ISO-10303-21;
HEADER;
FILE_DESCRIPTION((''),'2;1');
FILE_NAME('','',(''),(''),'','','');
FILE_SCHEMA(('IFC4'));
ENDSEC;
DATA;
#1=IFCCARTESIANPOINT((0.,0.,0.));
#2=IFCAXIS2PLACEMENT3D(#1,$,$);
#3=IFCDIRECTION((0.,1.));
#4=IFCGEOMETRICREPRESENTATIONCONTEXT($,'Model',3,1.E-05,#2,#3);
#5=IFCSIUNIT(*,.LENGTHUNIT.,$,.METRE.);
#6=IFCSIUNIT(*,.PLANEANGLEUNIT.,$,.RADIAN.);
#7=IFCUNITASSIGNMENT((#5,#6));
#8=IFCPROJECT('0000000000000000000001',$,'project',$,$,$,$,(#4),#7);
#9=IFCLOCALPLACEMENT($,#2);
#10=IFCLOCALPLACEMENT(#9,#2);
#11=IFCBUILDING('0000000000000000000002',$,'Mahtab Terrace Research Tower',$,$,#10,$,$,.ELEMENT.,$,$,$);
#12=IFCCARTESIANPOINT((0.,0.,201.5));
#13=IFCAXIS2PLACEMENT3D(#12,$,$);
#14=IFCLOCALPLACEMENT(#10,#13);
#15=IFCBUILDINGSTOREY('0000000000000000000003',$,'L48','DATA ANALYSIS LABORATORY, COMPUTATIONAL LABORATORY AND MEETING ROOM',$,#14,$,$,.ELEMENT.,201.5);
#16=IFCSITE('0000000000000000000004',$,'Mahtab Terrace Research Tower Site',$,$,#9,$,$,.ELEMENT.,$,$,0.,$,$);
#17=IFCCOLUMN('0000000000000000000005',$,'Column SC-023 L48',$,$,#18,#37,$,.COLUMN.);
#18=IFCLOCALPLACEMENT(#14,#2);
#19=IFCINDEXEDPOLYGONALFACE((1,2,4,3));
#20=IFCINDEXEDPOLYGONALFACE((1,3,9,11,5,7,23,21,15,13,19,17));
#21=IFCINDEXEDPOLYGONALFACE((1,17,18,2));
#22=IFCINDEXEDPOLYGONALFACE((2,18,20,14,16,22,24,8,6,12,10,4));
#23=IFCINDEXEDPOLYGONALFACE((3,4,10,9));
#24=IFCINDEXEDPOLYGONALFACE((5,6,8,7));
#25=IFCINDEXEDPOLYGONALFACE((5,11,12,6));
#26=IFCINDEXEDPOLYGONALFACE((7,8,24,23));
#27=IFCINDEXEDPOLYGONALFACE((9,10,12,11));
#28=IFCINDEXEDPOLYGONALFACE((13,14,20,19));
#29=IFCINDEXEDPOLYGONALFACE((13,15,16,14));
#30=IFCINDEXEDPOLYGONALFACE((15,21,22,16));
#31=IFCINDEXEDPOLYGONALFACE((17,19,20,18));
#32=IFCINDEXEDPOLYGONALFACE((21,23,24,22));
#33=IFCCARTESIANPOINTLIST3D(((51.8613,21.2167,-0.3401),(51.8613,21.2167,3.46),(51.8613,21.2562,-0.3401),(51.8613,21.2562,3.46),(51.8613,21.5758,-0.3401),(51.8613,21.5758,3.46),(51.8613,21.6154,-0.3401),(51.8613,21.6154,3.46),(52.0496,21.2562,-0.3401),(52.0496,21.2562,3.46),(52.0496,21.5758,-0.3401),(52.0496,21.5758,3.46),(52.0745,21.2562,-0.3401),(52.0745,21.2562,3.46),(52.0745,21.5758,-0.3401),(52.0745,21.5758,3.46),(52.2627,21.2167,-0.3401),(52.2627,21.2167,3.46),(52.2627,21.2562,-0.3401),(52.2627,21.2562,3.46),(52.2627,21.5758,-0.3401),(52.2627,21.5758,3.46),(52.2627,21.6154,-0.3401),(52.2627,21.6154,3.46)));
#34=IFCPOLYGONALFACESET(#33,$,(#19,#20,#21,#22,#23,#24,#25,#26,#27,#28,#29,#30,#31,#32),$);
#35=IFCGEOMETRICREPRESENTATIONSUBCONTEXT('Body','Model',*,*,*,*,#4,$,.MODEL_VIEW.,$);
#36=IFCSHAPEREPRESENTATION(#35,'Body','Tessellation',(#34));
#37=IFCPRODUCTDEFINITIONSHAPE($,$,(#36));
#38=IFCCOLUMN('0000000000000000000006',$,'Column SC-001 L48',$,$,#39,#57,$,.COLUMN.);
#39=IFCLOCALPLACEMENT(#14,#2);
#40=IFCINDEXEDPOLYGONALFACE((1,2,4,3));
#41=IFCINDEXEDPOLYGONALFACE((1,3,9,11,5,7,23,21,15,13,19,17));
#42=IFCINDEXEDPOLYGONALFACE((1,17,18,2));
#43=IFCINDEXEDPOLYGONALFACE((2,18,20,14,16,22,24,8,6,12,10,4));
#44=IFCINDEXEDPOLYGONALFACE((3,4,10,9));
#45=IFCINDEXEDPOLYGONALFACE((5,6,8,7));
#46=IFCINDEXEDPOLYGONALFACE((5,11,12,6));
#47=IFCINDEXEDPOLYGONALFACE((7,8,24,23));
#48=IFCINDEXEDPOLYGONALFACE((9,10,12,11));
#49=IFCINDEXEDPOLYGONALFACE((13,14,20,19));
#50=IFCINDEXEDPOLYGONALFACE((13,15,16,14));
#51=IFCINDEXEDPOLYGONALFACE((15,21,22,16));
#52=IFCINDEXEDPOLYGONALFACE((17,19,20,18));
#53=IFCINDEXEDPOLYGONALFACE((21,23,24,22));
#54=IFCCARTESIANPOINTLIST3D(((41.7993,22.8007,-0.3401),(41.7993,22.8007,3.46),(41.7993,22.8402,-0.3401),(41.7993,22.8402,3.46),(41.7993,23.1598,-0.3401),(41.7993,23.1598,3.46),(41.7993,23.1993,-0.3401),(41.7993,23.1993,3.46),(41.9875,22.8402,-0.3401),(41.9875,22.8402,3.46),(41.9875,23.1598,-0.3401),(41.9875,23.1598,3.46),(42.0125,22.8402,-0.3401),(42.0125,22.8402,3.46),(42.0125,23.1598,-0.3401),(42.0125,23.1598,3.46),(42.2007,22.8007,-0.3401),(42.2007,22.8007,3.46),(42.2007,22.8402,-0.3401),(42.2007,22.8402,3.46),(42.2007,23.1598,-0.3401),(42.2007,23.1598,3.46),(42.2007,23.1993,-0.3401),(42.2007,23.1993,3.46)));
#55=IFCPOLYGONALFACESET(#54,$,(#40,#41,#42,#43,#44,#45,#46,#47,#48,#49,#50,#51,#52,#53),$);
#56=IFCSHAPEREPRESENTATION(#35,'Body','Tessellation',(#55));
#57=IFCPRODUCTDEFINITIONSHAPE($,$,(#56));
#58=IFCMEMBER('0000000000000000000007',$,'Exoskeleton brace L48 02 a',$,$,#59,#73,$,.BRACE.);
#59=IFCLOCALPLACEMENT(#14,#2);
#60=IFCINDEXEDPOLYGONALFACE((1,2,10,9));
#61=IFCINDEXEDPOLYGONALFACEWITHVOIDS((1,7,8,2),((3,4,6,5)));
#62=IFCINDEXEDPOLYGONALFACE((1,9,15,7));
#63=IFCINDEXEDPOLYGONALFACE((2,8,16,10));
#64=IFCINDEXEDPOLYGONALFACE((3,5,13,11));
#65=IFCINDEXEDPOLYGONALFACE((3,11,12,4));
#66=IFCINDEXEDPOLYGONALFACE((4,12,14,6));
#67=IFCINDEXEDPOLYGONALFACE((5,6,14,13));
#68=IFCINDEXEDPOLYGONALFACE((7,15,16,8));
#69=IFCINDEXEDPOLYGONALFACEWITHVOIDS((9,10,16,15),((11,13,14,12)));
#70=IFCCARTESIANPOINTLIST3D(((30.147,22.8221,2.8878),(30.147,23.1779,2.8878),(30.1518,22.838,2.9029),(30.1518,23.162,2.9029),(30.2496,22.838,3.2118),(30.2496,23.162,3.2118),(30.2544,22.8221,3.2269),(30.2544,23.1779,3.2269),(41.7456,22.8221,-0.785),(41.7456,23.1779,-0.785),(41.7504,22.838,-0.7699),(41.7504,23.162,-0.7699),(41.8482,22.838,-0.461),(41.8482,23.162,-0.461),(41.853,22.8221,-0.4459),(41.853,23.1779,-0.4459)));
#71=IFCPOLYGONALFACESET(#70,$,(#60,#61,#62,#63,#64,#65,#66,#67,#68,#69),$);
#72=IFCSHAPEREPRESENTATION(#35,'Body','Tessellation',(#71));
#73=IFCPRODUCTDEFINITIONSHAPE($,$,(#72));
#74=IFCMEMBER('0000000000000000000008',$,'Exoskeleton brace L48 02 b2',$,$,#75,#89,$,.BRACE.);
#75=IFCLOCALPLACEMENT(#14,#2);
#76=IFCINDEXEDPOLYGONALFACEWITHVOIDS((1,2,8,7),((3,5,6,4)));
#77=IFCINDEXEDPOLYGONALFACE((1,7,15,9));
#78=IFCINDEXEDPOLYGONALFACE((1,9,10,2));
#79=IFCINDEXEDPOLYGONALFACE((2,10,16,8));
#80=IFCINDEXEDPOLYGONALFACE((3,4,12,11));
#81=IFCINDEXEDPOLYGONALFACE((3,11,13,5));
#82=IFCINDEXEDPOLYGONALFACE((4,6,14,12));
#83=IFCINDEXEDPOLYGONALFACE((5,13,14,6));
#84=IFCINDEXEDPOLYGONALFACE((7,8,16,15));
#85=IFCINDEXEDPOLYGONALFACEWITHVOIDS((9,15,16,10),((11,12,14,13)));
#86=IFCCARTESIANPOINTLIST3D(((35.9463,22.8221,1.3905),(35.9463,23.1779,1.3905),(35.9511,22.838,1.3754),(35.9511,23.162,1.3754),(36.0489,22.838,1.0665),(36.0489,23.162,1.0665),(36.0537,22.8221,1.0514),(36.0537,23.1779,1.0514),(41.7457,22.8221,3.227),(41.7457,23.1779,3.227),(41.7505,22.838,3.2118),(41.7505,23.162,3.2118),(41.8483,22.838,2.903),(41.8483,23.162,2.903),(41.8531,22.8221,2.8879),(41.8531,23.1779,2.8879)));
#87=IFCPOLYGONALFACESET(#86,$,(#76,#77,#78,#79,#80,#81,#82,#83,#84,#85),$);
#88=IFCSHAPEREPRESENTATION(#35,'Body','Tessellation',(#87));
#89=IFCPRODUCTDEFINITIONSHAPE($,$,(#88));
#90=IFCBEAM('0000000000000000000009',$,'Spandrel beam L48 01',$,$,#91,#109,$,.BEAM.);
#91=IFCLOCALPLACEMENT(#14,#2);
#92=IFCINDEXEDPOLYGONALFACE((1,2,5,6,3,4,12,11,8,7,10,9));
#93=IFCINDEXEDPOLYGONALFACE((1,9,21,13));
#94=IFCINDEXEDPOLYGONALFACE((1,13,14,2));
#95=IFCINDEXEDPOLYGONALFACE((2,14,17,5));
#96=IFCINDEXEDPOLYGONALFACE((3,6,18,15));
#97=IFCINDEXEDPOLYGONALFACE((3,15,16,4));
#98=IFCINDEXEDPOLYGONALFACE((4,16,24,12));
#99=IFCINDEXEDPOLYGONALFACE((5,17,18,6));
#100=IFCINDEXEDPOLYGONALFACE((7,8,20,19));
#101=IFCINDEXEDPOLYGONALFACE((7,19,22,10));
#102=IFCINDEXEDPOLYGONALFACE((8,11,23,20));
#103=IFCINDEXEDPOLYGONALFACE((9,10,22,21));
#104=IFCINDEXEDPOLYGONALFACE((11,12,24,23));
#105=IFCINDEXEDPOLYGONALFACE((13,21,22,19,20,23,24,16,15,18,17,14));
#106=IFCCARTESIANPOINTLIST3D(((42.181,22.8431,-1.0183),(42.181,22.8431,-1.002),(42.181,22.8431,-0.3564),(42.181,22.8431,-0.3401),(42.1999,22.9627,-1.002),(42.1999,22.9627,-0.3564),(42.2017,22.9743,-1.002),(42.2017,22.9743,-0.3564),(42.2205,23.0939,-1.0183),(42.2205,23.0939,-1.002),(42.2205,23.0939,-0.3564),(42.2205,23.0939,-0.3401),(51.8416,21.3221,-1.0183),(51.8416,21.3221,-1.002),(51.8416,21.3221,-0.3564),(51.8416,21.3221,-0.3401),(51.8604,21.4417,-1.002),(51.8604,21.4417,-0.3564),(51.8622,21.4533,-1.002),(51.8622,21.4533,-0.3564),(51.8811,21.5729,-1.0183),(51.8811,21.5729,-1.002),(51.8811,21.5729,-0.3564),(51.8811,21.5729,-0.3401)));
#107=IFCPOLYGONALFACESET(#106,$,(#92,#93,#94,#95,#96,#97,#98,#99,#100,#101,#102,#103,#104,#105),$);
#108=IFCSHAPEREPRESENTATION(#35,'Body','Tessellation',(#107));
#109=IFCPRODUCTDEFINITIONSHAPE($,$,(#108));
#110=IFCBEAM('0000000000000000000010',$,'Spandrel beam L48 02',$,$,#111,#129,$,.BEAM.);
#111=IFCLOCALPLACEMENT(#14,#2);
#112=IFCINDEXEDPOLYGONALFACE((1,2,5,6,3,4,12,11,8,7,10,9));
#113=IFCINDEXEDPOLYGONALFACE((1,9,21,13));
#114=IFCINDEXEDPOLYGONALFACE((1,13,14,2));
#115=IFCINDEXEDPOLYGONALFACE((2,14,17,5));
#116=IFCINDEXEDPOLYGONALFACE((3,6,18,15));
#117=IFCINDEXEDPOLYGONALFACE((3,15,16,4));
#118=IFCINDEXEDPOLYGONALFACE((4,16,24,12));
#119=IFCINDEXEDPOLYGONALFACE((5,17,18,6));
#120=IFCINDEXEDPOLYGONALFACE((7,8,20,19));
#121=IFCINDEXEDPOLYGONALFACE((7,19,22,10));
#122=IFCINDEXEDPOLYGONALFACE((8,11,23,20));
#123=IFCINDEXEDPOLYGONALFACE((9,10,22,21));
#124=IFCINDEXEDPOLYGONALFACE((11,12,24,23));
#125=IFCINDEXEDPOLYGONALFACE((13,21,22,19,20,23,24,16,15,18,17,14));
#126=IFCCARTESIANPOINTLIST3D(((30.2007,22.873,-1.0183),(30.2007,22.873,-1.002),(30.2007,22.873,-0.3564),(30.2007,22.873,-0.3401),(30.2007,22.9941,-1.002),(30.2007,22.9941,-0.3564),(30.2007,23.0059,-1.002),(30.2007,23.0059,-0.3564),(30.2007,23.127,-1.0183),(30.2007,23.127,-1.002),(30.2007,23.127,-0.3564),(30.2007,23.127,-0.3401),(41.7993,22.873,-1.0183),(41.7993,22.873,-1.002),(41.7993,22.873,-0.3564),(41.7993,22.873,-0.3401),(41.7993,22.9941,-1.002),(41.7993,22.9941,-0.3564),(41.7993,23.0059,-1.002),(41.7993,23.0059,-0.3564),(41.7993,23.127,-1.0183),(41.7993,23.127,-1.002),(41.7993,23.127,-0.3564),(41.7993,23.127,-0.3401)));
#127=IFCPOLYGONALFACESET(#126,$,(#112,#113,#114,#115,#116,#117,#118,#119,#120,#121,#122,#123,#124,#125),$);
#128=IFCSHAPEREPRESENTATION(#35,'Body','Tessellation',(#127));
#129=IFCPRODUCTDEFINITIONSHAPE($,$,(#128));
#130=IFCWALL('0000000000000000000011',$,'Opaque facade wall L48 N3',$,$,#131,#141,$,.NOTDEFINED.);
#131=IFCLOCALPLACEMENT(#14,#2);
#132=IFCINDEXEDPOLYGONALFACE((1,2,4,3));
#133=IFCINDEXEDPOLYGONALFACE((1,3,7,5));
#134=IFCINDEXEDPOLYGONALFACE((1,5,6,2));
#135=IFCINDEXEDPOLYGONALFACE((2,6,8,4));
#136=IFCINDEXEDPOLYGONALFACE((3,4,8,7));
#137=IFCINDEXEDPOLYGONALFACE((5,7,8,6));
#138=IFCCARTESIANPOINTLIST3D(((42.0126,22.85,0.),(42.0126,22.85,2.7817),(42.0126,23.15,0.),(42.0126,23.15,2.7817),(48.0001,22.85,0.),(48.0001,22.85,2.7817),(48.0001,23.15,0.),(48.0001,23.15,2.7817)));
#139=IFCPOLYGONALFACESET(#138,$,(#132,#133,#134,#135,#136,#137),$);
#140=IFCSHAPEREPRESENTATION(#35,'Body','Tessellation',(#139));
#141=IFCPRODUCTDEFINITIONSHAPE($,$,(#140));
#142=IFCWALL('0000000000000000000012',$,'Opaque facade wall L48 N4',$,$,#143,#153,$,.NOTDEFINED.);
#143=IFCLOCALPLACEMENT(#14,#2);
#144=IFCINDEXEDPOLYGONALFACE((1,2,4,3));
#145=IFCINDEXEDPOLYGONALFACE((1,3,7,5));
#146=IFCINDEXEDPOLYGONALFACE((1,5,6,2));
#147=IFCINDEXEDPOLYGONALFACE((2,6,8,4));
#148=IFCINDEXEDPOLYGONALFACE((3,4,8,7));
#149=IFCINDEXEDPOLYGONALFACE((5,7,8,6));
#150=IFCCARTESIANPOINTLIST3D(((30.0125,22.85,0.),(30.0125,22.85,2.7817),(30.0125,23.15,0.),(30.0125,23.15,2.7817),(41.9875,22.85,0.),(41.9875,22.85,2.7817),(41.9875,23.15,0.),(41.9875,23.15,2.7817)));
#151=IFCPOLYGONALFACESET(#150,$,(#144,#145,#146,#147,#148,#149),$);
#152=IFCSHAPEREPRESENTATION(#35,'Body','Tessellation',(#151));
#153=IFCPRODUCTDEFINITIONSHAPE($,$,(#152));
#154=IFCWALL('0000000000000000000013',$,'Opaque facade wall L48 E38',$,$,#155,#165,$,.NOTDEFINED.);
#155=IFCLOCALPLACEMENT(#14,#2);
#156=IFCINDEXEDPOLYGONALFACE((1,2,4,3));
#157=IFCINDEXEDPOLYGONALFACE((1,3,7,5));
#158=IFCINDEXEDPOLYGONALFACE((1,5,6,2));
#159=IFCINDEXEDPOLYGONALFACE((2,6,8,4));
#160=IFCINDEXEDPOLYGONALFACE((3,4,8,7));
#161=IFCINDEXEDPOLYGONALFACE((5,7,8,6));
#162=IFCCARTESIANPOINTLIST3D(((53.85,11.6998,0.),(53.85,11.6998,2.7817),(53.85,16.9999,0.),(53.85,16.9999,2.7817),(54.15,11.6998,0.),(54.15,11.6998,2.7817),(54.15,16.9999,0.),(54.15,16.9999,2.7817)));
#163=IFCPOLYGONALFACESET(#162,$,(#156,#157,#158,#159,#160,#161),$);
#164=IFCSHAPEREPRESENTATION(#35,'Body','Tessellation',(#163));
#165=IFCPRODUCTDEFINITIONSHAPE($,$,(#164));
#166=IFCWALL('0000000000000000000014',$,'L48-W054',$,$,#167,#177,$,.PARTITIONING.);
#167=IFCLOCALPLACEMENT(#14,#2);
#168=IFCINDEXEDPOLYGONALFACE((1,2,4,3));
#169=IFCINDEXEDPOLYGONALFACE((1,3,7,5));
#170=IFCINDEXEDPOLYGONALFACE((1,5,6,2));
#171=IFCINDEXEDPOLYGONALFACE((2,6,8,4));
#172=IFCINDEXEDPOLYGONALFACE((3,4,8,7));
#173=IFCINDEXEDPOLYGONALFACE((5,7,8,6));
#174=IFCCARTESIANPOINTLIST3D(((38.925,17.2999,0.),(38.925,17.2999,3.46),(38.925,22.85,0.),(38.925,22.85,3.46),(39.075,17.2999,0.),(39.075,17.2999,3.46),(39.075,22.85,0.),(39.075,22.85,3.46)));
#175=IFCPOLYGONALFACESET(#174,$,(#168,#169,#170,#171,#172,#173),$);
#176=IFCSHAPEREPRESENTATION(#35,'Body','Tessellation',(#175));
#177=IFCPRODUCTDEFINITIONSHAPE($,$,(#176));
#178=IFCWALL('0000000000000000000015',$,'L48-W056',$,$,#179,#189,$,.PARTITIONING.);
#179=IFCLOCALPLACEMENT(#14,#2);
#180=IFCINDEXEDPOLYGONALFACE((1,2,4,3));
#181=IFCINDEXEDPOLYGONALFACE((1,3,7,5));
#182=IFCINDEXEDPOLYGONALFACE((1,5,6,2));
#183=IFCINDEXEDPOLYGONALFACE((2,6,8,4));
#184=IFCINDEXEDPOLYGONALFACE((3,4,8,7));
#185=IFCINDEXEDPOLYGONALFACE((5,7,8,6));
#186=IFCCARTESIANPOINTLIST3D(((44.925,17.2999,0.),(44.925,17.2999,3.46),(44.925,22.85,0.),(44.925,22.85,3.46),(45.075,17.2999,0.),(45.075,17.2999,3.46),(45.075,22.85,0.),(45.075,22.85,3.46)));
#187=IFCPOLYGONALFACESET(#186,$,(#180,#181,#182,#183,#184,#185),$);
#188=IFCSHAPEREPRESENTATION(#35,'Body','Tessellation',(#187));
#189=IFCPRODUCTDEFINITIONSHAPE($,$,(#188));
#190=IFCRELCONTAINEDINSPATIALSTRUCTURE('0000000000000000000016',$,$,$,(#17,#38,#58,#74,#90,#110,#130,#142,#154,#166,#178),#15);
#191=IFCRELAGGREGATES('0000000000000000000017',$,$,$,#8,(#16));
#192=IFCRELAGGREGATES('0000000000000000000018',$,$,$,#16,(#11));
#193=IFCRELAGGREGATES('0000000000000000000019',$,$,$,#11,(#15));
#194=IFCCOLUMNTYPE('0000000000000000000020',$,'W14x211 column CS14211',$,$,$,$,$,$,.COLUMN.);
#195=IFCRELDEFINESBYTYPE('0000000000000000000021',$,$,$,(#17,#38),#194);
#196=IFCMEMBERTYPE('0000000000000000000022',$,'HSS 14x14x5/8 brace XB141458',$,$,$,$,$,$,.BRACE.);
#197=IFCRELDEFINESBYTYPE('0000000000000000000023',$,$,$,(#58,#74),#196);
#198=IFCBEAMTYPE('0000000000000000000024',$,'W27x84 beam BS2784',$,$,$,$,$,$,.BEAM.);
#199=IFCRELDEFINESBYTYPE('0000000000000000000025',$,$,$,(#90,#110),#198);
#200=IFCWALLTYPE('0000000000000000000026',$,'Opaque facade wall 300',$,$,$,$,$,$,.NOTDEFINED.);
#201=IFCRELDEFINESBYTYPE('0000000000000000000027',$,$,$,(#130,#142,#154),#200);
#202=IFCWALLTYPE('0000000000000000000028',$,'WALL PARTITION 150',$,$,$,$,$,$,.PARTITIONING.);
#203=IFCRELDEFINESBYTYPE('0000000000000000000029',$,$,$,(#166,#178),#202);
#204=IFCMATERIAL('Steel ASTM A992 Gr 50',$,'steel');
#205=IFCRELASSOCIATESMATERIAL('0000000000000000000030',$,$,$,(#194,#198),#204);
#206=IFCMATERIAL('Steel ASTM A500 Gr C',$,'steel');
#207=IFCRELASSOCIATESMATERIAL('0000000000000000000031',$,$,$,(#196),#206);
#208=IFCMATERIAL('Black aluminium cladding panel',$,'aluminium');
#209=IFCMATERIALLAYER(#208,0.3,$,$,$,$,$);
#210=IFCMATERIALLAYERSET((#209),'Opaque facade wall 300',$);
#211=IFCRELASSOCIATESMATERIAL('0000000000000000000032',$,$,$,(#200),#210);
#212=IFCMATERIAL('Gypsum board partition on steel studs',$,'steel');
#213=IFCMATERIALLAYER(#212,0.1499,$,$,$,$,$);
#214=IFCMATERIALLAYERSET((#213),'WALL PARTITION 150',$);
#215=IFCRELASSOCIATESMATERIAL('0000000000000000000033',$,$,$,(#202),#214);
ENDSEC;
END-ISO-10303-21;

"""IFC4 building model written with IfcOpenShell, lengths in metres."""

from ifc_helpers import new_model, si_unit, direction, frame, frame_2d, origin, origin_2d, place, context, subcontext, project, spatial, rectangle, hollow_rectangle, i_section, extrude, material, layer, layer_set, material_profile, profile_set, type_object, element, save


model = new_model("IFC4")

# Units and contexts
model_context = context("Model", 3, precision=1e-05, world=origin(), true_north=direction((0.0, 1.0)))
body_context = subcontext(model_context, "Body", "Model", "MODEL_VIEW")
ifc_project = project(units=[si_unit("LENGTHUNIT", "METRE"), si_unit("PLANEANGLEUNIT", "RADIAN")], contexts=[model_context])

# Site, building, storey
site_placement = place(None, origin())
site = spatial("IfcSite", under=ifc_project, at=site_placement, Name="Mahtab Terrace Research Tower Site", CompositionType="ELEMENT", RefElevation=0.0)
building_placement = place(site_placement, origin())
building = spatial("IfcBuilding", under=site, at=building_placement, Name="Mahtab Terrace Research Tower", CompositionType="ELEMENT")
storey_placement = place(building_placement, frame((0.0, 0.0, 201.5)))
storey = spatial("IfcBuildingStorey", under=building, at=storey_placement, Name="L48", Description="DATA ANALYSIS LABORATORY, COMPUTATIONAL LABORATORY AND MEETING ROOM", CompositionType="ELEMENT", Elevation=201.5)

# Columns
ifc_material_1 = material(Name="Steel ASTM A992 Gr 50", Category="steel")
ifc_material_profile_1 = material_profile(ifc_material_1, i_section(OverallWidth=0.4014, OverallDepth=0.3987, WebThickness=0.0249, FlangeThickness=0.0396, at=origin_2d()), Name="W14X211")
ifc_profile_set_1 = profile_set([ifc_material_profile_1], Name="Steel ASTM A992 Gr 50")
column_type = type_object("IfcColumnType", Name="W14x211 column CS14211", PredefinedType="COLUMN", material=ifc_profile_set_1)
for number, where, z_axis, x_axis, name in (
    (1, (52.062, 21.416, -0.3401), (0.0, 0.0, 1.0), (1.0, 0.0, 0.0), "Column SC-023 L48"),
    (2, (42.0, 23.0, -0.3401), (0.0, 0.0, 1.0), (1.0, 0.0, 0.0), "Column SC-001 L48"),
):
    element("IfcColumn", number, at=place(storey_placement, frame(where, z_axis=z_axis, x_axis=x_axis)), inside=storey, type_object=column_type, Name=name, PredefinedType="COLUMN", context=body_context, shape_type="SweptSolid", body=[
        extrude(i_section(OverallWidth=0.4014, OverallDepth=0.3987, WebThickness=0.0249, FlangeThickness=0.0396, at=origin_2d()), origin(), (0.0, 0.0, 1.0), 3.8),
    ])

# Members
ifc_material_2 = material(Name="Steel ASTM A500 Gr C", Category="steel")
ifc_material_profile_2 = material_profile(ifc_material_2, hollow_rectangle(XDim=0.3557, YDim=0.3557, WallThickness=0.0159, at=origin_2d()), Name="HSS14X14X5/8")
ifc_profile_set_2 = profile_set([ifc_material_profile_2], Name="Steel ASTM A500 Gr C")
member_type = type_object("IfcMemberType", Name="HSS 14x14x5/8 brace XB141458", PredefinedType="BRACE", material=ifc_profile_set_2)
member_1_placement = place(storey_placement, frame((41.7993, 23.0, -0.6155), z_axis=(-0.953343, 0.0, 0.301888), x_axis=(0.0, -1.0, 0.0)))
element("IfcMember", 3, at=member_1_placement, inside=storey, type_object=member_type, Name="Exoskeleton brace L48 02 a", PredefinedType="BRACE", context=body_context, shape_type="SweptSolid", body=[
    extrude(hollow_rectangle(XDim=0.3557, YDim=0.3557, WallThickness=0.0159, at=origin_2d()), origin(), (0.0, 0.0, 1.0), 12.1663),
])
member_2_placement = place(storey_placement, frame((36.0, 23.0, 1.2209), z_axis=(0.953343, 0.0, 0.301888), x_axis=(0.0, 1.0, 0.0)))
element("IfcMember", 4, at=member_2_placement, inside=storey, type_object=member_type, Name="Exoskeleton brace L48 02 b2", PredefinedType="BRACE", context=body_context, shape_type="SweptSolid", body=[
    extrude(hollow_rectangle(XDim=0.3557, YDim=0.3557, WallThickness=0.0159, at=origin_2d()), origin(), (0.0, 0.0, 1.0), 6.0833),
])

# Beams
ifc_material_profile_3 = material_profile(ifc_material_1, i_section(OverallWidth=0.2539, OverallDepth=0.6782, WebThickness=0.0117, FlangeThickness=0.0164, at=origin_2d()), Name="W27X84")
ifc_profile_set_3 = profile_set([ifc_material_profile_3], Name="Steel ASTM A992 Gr 50")
beam_type = type_object("IfcBeamType", Name="W27x84 beam BS2784", PredefinedType="BEAM", material=ifc_profile_set_3)
beam_1_placement = place(storey_placement, frame((51.8613, 21.4475, -0.6792), z_axis=(-0.987832, 0.155527, 0.0), x_axis=(-0.155527, -0.987832, 0.0)))
element("IfcBeam", 5, at=beam_1_placement, inside=storey, type_object=beam_type, Name="Spandrel beam L48 01", PredefinedType="BEAM", context=body_context, shape_type="SweptSolid", body=[
    extrude(i_section(OverallWidth=0.2539, OverallDepth=0.6782, WebThickness=0.0117, FlangeThickness=0.0164, at=origin_2d()), origin(), (0.0, 0.0, 1.0), 9.7795),
])
beam_2_placement = place(storey_placement, frame((41.7993, 23.0, -0.6792), z_axis=(-1.0, 0.0, 0.0), x_axis=(0.0, -1.0, 0.0)))
element("IfcBeam", 6, at=beam_2_placement, inside=storey, type_object=beam_type, Name="Spandrel beam L48 02", PredefinedType="BEAM", context=body_context, shape_type="SweptSolid", body=[
    extrude(i_section(OverallWidth=0.2539, OverallDepth=0.6782, WebThickness=0.0117, FlangeThickness=0.0164, at=origin_2d()), origin(), (0.0, 0.0, 1.0), 11.5986),
])

# Walls
ifc_material_3 = material(Name="Black aluminium cladding panel", Category="aluminium")
ifc_layer_1 = layer(ifc_material_3, 0.3)
ifc_layer_set_1 = layer_set([ifc_layer_1], Name="Opaque facade wall 300")
wall_type_1 = type_object("IfcWallType", Name="Opaque facade wall 300", PredefinedType="NOTDEFINED", material=ifc_layer_set_1)
wall_1_placement = place(storey_placement, frame((48.0, 23.0, 0.0), z_axis=(0.0, 0.0, 1.0), x_axis=(-1.0, 0.0, 0.0)))
element("IfcWall", 7, at=wall_1_placement, inside=storey, type_object=wall_type_1, Name="Opaque facade wall L48 N3", PredefinedType="NOTDEFINED", context=body_context, shape_type="SweptSolid", body=[
    extrude(rectangle(XDim=5.9875, YDim=0.3, at=frame_2d((2.9937, 0.0))), origin(), (0.0, 0.0, 1.0), 2.7817),
])
wall_2_placement = place(storey_placement, frame((41.9875, 23.0, 0.0), z_axis=(0.0, 0.0, 1.0), x_axis=(-1.0, 0.0, 0.0)))
element("IfcWall", 8, at=wall_2_placement, inside=storey, type_object=wall_type_1, Name="Opaque facade wall L48 N4", PredefinedType="NOTDEFINED", context=body_context, shape_type="SweptSolid", body=[
    extrude(rectangle(XDim=11.9751, YDim=0.3, at=frame_2d((5.9875, 0.0))), origin(), (0.0, 0.0, 1.0), 2.7817),
])
wall_3_placement = place(storey_placement, frame((54.0, 11.7, 0.0), z_axis=(0.0, 0.0, 1.0), x_axis=(0.0, 1.0, 0.0)))
element("IfcWall", 9, at=wall_3_placement, inside=storey, type_object=wall_type_1, Name="Opaque facade wall L48 E38", PredefinedType="NOTDEFINED", context=body_context, shape_type="SweptSolid", body=[
    extrude(rectangle(XDim=5.3, YDim=0.3, at=frame_2d((2.6499, 0.0))), origin(), (0.0, 0.0, 1.0), 2.7817),
])
ifc_material_4 = material(Name="Gypsum board partition on steel studs", Category="steel")
ifc_layer_2 = layer(ifc_material_4, 0.1499)
ifc_layer_set_2 = layer_set([ifc_layer_2], Name="WALL PARTITION 150")
wall_type_2 = type_object("IfcWallType", Name="WALL PARTITION 150", PredefinedType="PARTITIONING", material=ifc_layer_set_2)
for number, where, z_axis, x_axis, name in (
    (10, (39.0, 17.3, 0.0), (0.0, 0.0, 1.0), (0.0, 1.0, 0.0), "L48-W054"),
    (11, (45.0, 17.3, 0.0), (0.0, 0.0, 1.0), (0.0, 1.0, 0.0), "L48-W056"),
):
    element("IfcWall", number, at=place(storey_placement, frame(where, z_axis=z_axis, x_axis=x_axis)), inside=storey, type_object=wall_type_2, Name=name, PredefinedType="PARTITIONING", context=body_context, shape_type="SweptSolid", body=[
        extrude(rectangle(XDim=5.55, YDim=0.1499, at=frame_2d((2.7749, 0.0))), origin(), (0.0, 0.0, 1.0), 3.46),
    ])

save(model, "model.ifc")
